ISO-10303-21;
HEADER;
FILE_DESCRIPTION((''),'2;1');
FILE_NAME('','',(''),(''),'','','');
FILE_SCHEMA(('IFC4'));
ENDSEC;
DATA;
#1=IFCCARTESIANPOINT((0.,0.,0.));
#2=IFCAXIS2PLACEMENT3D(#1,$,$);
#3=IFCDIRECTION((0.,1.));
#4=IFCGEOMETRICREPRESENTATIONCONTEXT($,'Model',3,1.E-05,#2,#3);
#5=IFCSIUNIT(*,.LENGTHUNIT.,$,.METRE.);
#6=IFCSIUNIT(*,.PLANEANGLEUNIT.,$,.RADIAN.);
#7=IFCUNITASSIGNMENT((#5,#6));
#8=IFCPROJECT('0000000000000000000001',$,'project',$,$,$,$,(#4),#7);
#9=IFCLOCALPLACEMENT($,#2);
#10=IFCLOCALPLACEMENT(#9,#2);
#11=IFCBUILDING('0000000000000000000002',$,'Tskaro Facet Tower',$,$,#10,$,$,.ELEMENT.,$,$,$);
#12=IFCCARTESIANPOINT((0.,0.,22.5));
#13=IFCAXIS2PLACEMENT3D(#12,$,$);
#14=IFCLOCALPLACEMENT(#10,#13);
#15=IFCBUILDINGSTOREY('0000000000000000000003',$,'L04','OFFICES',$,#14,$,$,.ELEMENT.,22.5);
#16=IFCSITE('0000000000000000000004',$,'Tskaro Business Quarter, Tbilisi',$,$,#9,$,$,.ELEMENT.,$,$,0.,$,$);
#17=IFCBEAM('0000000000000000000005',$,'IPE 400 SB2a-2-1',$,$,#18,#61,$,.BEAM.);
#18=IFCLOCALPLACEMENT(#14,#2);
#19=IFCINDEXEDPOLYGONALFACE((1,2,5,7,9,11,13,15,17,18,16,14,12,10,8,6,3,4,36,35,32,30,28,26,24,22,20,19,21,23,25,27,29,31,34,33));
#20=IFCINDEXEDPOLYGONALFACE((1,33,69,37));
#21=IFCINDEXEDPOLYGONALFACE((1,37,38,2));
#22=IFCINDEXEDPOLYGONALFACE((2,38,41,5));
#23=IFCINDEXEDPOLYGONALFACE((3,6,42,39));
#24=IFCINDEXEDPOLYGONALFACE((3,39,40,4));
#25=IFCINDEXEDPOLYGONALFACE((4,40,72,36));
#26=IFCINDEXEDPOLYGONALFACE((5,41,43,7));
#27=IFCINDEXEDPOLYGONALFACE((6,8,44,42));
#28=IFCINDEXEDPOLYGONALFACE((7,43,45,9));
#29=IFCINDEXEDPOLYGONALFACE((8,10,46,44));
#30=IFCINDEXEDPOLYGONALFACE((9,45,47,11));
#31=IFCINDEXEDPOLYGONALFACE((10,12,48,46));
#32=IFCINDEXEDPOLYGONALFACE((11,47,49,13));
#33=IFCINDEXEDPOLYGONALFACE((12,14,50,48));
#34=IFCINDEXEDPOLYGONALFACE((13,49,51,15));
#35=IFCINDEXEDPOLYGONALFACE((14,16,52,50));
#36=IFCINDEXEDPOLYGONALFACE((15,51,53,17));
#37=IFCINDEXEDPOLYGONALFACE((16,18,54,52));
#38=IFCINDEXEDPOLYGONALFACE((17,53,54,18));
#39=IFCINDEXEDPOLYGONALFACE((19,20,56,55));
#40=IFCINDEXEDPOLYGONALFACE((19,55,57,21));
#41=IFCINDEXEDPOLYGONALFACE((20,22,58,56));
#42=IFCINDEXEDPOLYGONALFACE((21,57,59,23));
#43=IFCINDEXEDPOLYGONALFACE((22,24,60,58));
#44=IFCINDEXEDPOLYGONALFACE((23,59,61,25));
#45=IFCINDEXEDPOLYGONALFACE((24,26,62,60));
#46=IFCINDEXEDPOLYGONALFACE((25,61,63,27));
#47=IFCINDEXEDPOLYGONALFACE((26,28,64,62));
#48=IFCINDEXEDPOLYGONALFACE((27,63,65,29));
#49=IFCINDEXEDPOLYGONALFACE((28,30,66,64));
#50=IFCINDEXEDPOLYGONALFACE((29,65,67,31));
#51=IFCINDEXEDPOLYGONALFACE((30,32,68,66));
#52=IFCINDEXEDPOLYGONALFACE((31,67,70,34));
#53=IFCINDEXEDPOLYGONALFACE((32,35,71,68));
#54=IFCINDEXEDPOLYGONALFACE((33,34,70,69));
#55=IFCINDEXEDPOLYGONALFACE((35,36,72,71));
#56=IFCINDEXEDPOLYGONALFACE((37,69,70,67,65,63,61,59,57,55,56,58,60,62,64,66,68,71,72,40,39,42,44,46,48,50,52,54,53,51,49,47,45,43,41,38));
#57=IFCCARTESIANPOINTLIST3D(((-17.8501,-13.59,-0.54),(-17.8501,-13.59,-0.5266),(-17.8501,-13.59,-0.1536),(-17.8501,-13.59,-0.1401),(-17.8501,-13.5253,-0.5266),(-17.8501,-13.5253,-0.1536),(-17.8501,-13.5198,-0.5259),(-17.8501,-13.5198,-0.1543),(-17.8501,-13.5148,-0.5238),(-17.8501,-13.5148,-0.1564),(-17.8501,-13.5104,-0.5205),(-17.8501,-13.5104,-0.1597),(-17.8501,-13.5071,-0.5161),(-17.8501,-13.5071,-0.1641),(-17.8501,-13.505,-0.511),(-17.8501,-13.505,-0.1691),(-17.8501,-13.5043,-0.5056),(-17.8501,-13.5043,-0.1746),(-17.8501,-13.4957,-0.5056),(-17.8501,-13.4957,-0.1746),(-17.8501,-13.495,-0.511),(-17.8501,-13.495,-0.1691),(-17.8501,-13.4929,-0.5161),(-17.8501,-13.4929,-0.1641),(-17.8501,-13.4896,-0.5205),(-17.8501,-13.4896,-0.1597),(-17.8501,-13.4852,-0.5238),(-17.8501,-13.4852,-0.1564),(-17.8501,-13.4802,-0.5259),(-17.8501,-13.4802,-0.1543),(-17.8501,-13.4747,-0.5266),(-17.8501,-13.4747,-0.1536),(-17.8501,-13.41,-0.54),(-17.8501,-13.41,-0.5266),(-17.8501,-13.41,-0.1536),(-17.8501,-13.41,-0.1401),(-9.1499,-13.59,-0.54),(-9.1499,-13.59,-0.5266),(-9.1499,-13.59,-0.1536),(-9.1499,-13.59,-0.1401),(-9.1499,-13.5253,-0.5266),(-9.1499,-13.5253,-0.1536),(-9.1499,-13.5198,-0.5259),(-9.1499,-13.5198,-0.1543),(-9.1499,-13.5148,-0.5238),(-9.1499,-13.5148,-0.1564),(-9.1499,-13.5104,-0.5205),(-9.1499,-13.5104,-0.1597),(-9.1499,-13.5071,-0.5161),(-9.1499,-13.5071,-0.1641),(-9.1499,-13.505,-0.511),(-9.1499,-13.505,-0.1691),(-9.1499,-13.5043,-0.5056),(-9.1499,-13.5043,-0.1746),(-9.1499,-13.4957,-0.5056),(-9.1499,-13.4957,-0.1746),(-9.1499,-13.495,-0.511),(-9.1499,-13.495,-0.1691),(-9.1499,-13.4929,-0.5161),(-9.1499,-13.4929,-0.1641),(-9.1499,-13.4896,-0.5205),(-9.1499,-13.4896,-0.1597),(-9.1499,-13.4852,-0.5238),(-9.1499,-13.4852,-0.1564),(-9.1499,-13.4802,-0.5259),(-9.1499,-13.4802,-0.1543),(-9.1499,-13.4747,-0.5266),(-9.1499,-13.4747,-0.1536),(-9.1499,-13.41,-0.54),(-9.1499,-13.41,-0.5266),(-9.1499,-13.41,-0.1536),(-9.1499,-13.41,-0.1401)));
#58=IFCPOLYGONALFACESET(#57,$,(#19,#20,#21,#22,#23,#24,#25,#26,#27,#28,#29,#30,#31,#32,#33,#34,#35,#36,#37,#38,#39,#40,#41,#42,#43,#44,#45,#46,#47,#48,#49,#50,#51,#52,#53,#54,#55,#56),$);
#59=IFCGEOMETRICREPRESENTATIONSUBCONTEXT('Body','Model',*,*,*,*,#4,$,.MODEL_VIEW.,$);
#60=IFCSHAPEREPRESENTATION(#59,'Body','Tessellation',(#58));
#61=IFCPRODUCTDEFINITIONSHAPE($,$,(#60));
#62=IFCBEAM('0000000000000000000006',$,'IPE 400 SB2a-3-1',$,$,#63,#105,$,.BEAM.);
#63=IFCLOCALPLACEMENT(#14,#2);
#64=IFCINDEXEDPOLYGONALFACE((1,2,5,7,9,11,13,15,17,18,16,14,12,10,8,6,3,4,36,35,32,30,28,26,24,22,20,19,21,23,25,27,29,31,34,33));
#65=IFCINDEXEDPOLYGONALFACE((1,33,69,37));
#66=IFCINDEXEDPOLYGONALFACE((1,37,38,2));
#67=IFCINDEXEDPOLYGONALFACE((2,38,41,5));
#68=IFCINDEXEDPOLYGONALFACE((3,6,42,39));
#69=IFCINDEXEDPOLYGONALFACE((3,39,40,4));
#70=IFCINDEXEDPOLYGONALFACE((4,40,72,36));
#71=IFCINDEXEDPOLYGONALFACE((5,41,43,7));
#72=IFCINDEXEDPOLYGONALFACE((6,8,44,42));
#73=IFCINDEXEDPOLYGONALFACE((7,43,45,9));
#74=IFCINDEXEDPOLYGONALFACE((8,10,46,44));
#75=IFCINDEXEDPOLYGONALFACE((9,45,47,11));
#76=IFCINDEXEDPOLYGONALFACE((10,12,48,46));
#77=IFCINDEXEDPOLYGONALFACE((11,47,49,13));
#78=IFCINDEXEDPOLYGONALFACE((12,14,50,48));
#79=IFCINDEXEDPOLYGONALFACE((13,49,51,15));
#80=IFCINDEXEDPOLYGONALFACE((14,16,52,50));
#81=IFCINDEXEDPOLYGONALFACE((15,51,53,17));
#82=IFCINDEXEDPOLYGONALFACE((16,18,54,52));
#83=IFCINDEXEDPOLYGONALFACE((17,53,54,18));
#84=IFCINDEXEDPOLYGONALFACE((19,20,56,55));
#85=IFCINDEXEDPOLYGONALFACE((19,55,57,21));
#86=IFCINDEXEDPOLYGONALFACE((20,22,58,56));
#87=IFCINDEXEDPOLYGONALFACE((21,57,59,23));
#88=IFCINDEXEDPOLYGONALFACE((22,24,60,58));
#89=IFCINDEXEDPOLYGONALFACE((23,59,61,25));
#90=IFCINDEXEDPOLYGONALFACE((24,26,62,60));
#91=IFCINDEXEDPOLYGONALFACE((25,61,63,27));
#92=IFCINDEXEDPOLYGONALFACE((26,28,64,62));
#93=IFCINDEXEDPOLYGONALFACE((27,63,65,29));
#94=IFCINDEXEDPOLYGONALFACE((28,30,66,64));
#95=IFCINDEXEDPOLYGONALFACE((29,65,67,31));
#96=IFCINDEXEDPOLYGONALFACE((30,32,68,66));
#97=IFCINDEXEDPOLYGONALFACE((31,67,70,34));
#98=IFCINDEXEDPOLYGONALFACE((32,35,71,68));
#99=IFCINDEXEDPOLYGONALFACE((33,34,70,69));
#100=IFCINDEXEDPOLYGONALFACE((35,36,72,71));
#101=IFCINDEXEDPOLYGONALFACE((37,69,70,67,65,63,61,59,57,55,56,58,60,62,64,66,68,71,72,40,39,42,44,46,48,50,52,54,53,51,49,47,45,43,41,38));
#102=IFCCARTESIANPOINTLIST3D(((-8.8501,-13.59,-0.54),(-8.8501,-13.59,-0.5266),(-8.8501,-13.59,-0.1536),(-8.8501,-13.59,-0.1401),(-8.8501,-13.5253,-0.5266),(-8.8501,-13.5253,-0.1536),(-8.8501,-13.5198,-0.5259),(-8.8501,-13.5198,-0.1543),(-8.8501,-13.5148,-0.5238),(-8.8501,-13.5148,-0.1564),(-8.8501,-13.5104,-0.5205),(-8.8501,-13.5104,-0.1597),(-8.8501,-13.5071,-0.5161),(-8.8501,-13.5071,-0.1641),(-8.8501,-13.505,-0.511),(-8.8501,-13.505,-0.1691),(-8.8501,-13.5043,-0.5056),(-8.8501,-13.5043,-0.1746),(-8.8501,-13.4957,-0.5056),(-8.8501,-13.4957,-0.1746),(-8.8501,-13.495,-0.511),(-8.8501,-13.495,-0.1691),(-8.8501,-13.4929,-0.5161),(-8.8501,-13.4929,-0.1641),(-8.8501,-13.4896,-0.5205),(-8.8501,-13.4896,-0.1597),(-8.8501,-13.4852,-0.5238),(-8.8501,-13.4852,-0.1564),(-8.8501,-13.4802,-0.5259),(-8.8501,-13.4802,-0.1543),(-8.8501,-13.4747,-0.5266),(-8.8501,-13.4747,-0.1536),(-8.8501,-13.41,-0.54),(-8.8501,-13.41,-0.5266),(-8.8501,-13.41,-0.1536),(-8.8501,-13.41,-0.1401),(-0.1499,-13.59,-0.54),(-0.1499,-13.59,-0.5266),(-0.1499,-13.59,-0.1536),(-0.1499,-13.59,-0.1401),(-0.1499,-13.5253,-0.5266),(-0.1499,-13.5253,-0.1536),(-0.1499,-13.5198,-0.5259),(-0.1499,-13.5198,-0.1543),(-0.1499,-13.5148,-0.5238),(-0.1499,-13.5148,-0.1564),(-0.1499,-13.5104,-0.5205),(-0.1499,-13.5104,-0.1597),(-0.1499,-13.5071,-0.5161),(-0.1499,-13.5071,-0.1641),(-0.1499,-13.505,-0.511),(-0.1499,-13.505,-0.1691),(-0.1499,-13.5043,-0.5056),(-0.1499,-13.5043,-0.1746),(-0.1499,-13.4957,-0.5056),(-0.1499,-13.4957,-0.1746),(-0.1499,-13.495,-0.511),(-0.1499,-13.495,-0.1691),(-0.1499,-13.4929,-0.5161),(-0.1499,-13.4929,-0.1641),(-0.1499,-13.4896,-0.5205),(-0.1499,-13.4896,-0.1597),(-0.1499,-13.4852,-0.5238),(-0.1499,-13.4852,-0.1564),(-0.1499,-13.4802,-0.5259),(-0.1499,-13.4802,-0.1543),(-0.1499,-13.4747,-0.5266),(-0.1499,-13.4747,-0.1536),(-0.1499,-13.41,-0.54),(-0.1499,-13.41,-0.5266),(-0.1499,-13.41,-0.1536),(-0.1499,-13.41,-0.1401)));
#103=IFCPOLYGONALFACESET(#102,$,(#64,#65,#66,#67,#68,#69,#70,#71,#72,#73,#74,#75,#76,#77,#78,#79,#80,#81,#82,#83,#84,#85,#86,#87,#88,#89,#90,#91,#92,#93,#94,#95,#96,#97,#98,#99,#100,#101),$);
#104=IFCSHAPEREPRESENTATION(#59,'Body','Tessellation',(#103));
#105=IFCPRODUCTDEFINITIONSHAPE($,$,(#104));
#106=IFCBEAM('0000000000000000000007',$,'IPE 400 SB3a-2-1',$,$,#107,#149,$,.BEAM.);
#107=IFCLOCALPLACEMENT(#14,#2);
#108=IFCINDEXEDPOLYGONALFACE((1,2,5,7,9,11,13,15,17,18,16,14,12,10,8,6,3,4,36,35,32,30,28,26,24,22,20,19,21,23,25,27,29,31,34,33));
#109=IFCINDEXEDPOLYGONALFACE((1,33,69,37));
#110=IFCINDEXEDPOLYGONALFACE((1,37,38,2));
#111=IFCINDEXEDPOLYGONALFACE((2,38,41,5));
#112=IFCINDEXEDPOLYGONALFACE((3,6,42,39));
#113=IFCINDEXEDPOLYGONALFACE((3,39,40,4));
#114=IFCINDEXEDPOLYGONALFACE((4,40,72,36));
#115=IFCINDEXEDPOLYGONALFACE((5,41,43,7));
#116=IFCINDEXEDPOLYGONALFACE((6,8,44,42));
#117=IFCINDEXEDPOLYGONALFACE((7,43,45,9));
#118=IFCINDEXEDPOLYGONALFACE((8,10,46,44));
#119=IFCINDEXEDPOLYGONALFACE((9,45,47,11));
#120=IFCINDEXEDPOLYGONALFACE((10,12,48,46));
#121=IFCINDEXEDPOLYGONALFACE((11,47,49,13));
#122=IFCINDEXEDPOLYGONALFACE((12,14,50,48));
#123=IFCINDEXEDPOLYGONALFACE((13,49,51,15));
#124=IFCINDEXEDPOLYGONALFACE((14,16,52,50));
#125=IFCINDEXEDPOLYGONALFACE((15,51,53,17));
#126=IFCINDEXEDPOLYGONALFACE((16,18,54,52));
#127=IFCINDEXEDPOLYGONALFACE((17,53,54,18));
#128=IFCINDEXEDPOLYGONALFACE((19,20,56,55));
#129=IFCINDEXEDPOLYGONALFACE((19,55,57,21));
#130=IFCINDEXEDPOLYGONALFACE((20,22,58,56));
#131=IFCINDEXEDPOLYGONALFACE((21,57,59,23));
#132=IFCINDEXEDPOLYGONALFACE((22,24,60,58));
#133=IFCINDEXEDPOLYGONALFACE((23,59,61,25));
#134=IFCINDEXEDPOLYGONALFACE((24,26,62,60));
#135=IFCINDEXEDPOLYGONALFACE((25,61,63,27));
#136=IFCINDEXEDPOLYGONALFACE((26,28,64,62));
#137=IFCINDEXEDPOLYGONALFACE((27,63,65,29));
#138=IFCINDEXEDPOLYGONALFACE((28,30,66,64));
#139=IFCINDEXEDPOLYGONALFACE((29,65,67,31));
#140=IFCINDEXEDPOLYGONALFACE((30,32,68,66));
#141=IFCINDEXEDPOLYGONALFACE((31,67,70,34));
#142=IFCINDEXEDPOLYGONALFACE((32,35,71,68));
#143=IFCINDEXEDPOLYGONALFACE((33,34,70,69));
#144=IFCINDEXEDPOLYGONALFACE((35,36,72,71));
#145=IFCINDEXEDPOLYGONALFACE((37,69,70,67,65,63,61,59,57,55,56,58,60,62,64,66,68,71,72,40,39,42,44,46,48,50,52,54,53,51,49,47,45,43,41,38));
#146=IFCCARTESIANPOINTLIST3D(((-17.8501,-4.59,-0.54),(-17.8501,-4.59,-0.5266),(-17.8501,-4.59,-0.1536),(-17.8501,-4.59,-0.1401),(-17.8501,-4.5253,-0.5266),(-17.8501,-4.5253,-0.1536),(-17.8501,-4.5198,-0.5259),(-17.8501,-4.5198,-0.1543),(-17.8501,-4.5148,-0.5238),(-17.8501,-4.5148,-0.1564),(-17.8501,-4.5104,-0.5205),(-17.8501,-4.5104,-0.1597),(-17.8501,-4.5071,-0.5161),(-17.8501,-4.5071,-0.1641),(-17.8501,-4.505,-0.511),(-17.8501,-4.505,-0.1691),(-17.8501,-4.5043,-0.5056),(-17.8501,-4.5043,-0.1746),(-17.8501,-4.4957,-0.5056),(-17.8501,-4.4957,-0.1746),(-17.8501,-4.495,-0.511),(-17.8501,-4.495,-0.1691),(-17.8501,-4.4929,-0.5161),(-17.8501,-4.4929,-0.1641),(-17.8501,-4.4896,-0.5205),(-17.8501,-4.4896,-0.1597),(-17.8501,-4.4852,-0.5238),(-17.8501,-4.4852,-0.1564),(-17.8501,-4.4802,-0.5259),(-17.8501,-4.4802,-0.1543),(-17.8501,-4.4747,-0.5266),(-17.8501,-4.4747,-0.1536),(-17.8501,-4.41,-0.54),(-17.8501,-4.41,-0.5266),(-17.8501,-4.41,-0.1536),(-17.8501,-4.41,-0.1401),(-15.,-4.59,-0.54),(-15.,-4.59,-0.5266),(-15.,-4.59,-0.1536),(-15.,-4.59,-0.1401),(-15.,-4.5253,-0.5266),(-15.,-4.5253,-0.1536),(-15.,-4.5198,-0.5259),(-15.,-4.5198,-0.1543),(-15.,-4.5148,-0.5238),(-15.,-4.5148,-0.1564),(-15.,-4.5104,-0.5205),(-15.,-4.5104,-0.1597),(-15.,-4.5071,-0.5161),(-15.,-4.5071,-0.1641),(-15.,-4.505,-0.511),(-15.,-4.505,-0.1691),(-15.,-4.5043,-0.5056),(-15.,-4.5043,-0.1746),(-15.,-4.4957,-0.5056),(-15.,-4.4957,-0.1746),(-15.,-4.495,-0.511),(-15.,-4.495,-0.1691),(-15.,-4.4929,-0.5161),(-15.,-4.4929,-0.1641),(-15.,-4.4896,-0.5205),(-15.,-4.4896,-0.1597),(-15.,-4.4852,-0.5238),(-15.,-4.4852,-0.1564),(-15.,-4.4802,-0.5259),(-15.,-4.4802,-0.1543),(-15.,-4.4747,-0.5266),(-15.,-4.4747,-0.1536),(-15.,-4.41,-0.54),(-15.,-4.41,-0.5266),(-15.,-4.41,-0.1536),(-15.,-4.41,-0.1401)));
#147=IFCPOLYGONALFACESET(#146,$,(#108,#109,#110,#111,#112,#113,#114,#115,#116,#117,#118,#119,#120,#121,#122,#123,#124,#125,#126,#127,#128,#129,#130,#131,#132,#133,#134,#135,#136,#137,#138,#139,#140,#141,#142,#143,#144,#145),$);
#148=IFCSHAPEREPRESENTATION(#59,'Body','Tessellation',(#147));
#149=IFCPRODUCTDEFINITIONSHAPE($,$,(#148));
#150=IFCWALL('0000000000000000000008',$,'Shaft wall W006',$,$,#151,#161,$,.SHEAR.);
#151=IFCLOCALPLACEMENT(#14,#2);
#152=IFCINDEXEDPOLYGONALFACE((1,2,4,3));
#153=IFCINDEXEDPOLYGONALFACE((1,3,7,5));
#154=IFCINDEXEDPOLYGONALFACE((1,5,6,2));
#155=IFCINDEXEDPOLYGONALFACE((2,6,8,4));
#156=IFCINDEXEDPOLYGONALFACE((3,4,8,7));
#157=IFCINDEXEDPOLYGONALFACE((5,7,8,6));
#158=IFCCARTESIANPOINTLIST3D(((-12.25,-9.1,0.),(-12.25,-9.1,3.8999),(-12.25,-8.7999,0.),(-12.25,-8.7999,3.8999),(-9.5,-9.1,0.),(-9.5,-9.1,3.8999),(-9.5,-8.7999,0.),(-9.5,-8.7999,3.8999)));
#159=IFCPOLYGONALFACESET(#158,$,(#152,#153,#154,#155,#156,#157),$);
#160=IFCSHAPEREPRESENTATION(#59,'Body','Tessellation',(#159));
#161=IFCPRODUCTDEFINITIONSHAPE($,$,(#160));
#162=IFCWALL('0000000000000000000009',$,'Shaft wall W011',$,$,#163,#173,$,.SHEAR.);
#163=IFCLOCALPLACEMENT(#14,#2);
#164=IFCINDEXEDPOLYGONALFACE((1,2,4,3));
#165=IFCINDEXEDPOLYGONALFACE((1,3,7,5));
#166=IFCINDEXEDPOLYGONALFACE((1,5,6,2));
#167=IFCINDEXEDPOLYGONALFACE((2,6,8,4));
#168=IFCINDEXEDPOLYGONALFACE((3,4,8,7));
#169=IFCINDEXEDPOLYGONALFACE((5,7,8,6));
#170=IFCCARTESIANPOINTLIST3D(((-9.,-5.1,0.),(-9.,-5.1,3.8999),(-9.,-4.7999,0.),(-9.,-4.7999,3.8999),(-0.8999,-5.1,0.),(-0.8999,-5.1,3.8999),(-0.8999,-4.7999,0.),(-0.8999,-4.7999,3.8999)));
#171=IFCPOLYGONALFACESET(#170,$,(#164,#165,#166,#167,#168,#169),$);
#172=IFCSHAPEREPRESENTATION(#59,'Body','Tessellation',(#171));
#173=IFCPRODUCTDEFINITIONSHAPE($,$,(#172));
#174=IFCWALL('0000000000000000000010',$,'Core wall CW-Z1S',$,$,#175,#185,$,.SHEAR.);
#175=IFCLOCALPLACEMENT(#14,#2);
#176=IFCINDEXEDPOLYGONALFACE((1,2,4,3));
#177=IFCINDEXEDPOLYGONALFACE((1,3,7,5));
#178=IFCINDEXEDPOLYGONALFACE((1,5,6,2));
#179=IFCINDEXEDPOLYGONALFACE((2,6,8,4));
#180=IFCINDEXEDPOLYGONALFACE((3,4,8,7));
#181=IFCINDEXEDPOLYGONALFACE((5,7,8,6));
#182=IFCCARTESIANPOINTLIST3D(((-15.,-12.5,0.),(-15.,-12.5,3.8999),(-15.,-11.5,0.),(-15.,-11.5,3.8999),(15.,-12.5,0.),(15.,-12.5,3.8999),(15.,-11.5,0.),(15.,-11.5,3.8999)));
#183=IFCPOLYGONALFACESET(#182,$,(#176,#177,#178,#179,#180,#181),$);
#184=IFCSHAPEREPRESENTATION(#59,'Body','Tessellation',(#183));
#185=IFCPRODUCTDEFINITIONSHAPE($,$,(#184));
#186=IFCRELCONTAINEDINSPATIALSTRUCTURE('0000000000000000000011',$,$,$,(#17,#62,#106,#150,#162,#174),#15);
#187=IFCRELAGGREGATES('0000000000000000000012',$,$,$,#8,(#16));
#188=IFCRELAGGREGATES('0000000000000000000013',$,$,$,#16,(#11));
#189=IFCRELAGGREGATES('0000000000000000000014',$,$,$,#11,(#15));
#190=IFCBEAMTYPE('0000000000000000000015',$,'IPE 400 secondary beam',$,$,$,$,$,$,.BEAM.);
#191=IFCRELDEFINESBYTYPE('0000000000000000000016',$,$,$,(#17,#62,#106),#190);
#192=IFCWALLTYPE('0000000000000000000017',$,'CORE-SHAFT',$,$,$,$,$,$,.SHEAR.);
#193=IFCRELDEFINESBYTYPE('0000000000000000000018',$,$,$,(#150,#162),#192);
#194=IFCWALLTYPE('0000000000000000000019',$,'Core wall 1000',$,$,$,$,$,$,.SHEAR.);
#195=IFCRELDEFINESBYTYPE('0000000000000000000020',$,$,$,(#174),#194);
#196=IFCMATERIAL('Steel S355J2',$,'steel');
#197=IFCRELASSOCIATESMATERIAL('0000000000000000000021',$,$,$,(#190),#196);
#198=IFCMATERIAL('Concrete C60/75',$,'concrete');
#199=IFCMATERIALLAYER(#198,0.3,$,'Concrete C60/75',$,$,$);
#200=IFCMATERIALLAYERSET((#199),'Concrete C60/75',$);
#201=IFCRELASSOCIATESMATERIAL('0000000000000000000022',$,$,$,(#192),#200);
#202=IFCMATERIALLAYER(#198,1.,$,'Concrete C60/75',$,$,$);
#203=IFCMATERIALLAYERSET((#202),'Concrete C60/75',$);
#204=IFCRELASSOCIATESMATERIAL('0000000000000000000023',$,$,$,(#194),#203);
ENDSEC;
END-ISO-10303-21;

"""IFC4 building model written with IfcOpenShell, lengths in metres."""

from ifc_helpers import new_model, si_unit, direction, frame, frame_2d, origin, origin_2d, place, context, subcontext, project, spatial, rectangle, i_section, extrude, material, layer, layer_set, material_profile, profile_set, type_object, element, save


model = new_model("IFC4")

# Units and contexts
model_context = context("Model", 3, precision=1e-05, world=origin(), true_north=direction((0.0, 1.0)))
body_context = subcontext(model_context, "Body", "Model", "MODEL_VIEW")
ifc_project = project(units=[si_unit("LENGTHUNIT", "METRE"), si_unit("PLANEANGLEUNIT", "RADIAN")], contexts=[model_context])

# Site, building, storey
site_placement = place(None, origin())
site = spatial("IfcSite", under=ifc_project, at=site_placement, Name="Tskaro Business Quarter, Tbilisi", CompositionType="ELEMENT", RefElevation=0.0)
building_placement = place(site_placement, origin())
building = spatial("IfcBuilding", under=site, at=building_placement, Name="Tskaro Facet Tower", CompositionType="ELEMENT")
storey_placement = place(building_placement, frame((0.0, 0.0, 22.5)))
storey = spatial("IfcBuildingStorey", under=building, at=storey_placement, Name="L04", Description="OFFICES", CompositionType="ELEMENT", Elevation=22.5)

# Beams
ifc_material_1 = material(Name="Steel S355J2", Category="steel")
ifc_material_profile_1 = material_profile(ifc_material_1, i_section(OverallWidth=0.1799, OverallDepth=0.3999, WebThickness=0.0085, FlangeThickness=0.0134, FilletRadius=0.021, at=origin_2d()), Name="IPE 400")
ifc_profile_set_1 = profile_set([ifc_material_profile_1], Name="Steel S355J2")
beam_type_1 = type_object("IfcBeamType", Name="IPE 400 secondary beam", PredefinedType="BEAM", material=ifc_profile_set_1)
for number, where, z_axis, x_axis, name in (
    (1, (-17.8501, -13.5, -0.3401), (1.0, 0.0, 0.0), (0.0, 1.0, 0.0), "IPE 400 SB2a-2-1"),
    (2, (-8.8501, -13.5, -0.3401), (1.0, 0.0, 0.0), (0.0, 1.0, 0.0), "IPE 400 SB2a-3-1"),
):
    element("IfcBeam", number, at=place(storey_placement, frame(where, z_axis=z_axis, x_axis=x_axis)), inside=storey, type_object=beam_type_1, Name=name, PredefinedType="BEAM", context=body_context, shape_type="SweptSolid", body=[
        extrude(i_section(OverallWidth=0.1799, OverallDepth=0.3999, WebThickness=0.0085, FlangeThickness=0.0134, FilletRadius=0.021, at=origin_2d()), origin(), (0.0, 0.0, 1.0), 8.7002),
    ])
beam_1_placement = place(storey_placement, frame((-17.8501, -4.5, -0.3401), z_axis=(1.0, 0.0, 0.0), x_axis=(0.0, 1.0, 0.0)))
element("IfcBeam", 3, at=beam_1_placement, inside=storey, type_object=beam_type_1, Name="IPE 400 SB3a-2-1", PredefinedType="BEAM", context=body_context, shape_type="SweptSolid", body=[
    extrude(i_section(OverallWidth=0.1799, OverallDepth=0.3999, WebThickness=0.0085, FlangeThickness=0.0134, FilletRadius=0.021, at=origin_2d()), origin(), (0.0, 0.0, 1.0), 2.8501),
])

# Walls
ifc_material_2 = material(Name="Concrete C60/75", Category="concrete")
ifc_layer_1 = layer(ifc_material_2, 0.3, Name="Concrete C60/75")
ifc_layer_set_1 = layer_set([ifc_layer_1], Name="Concrete C60/75")
wall_type_1 = type_object("IfcWallType", Name="CORE-SHAFT", PredefinedType="SHEAR", material=ifc_layer_set_1)
wall_1_placement = place(storey_placement, frame((-12.25, -8.95, 0.0), z_axis=(0.0, 0.0, 1.0), x_axis=(1.0, 0.0, 0.0)))
element("IfcWall", 4, at=wall_1_placement, inside=storey, type_object=wall_type_1, Name="Shaft wall W006", PredefinedType="SHEAR", context=body_context, shape_type="SweptSolid", body=[
    extrude(rectangle(XDim=2.75, YDim=0.3, at=frame_2d((1.375, 0.0))), origin(), (0.0, 0.0, 1.0), 3.8999),
])
wall_2_placement = place(storey_placement, frame((-9.0, -4.95, 0.0), z_axis=(0.0, 0.0, 1.0), x_axis=(1.0, 0.0, 0.0)))
element("IfcWall", 5, at=wall_2_placement, inside=storey, type_object=wall_type_1, Name="Shaft wall W011", PredefinedType="SHEAR", context=body_context, shape_type="SweptSolid", body=[
    extrude(rectangle(XDim=8.1001, YDim=0.3, at=frame_2d((4.05, 0.0))), origin(), (0.0, 0.0, 1.0), 3.8999),
])
ifc_layer_2 = layer(ifc_material_2, 1.0, Name="Concrete C60/75")
ifc_layer_set_2 = layer_set([ifc_layer_2], Name="Concrete C60/75")
wall_type_2 = type_object("IfcWallType", Name="Core wall 1000", PredefinedType="SHEAR", material=ifc_layer_set_2)
wall_3_placement = place(storey_placement, frame((-15.0, -12.0, 0.0), z_axis=(0.0, 0.0, 1.0), x_axis=(1.0, 0.0, 0.0)))
element("IfcWall", 6, at=wall_3_placement, inside=storey, type_object=wall_type_2, Name="Core wall CW-Z1S", PredefinedType="SHEAR", context=body_context, shape_type="SweptSolid", body=[
    extrude(rectangle(XDim=30.0, YDim=1.0, at=frame_2d((15.0, 0.0))), origin(), (0.0, 0.0, 1.0), 3.8999),
])

save(model, "model.ifc")
